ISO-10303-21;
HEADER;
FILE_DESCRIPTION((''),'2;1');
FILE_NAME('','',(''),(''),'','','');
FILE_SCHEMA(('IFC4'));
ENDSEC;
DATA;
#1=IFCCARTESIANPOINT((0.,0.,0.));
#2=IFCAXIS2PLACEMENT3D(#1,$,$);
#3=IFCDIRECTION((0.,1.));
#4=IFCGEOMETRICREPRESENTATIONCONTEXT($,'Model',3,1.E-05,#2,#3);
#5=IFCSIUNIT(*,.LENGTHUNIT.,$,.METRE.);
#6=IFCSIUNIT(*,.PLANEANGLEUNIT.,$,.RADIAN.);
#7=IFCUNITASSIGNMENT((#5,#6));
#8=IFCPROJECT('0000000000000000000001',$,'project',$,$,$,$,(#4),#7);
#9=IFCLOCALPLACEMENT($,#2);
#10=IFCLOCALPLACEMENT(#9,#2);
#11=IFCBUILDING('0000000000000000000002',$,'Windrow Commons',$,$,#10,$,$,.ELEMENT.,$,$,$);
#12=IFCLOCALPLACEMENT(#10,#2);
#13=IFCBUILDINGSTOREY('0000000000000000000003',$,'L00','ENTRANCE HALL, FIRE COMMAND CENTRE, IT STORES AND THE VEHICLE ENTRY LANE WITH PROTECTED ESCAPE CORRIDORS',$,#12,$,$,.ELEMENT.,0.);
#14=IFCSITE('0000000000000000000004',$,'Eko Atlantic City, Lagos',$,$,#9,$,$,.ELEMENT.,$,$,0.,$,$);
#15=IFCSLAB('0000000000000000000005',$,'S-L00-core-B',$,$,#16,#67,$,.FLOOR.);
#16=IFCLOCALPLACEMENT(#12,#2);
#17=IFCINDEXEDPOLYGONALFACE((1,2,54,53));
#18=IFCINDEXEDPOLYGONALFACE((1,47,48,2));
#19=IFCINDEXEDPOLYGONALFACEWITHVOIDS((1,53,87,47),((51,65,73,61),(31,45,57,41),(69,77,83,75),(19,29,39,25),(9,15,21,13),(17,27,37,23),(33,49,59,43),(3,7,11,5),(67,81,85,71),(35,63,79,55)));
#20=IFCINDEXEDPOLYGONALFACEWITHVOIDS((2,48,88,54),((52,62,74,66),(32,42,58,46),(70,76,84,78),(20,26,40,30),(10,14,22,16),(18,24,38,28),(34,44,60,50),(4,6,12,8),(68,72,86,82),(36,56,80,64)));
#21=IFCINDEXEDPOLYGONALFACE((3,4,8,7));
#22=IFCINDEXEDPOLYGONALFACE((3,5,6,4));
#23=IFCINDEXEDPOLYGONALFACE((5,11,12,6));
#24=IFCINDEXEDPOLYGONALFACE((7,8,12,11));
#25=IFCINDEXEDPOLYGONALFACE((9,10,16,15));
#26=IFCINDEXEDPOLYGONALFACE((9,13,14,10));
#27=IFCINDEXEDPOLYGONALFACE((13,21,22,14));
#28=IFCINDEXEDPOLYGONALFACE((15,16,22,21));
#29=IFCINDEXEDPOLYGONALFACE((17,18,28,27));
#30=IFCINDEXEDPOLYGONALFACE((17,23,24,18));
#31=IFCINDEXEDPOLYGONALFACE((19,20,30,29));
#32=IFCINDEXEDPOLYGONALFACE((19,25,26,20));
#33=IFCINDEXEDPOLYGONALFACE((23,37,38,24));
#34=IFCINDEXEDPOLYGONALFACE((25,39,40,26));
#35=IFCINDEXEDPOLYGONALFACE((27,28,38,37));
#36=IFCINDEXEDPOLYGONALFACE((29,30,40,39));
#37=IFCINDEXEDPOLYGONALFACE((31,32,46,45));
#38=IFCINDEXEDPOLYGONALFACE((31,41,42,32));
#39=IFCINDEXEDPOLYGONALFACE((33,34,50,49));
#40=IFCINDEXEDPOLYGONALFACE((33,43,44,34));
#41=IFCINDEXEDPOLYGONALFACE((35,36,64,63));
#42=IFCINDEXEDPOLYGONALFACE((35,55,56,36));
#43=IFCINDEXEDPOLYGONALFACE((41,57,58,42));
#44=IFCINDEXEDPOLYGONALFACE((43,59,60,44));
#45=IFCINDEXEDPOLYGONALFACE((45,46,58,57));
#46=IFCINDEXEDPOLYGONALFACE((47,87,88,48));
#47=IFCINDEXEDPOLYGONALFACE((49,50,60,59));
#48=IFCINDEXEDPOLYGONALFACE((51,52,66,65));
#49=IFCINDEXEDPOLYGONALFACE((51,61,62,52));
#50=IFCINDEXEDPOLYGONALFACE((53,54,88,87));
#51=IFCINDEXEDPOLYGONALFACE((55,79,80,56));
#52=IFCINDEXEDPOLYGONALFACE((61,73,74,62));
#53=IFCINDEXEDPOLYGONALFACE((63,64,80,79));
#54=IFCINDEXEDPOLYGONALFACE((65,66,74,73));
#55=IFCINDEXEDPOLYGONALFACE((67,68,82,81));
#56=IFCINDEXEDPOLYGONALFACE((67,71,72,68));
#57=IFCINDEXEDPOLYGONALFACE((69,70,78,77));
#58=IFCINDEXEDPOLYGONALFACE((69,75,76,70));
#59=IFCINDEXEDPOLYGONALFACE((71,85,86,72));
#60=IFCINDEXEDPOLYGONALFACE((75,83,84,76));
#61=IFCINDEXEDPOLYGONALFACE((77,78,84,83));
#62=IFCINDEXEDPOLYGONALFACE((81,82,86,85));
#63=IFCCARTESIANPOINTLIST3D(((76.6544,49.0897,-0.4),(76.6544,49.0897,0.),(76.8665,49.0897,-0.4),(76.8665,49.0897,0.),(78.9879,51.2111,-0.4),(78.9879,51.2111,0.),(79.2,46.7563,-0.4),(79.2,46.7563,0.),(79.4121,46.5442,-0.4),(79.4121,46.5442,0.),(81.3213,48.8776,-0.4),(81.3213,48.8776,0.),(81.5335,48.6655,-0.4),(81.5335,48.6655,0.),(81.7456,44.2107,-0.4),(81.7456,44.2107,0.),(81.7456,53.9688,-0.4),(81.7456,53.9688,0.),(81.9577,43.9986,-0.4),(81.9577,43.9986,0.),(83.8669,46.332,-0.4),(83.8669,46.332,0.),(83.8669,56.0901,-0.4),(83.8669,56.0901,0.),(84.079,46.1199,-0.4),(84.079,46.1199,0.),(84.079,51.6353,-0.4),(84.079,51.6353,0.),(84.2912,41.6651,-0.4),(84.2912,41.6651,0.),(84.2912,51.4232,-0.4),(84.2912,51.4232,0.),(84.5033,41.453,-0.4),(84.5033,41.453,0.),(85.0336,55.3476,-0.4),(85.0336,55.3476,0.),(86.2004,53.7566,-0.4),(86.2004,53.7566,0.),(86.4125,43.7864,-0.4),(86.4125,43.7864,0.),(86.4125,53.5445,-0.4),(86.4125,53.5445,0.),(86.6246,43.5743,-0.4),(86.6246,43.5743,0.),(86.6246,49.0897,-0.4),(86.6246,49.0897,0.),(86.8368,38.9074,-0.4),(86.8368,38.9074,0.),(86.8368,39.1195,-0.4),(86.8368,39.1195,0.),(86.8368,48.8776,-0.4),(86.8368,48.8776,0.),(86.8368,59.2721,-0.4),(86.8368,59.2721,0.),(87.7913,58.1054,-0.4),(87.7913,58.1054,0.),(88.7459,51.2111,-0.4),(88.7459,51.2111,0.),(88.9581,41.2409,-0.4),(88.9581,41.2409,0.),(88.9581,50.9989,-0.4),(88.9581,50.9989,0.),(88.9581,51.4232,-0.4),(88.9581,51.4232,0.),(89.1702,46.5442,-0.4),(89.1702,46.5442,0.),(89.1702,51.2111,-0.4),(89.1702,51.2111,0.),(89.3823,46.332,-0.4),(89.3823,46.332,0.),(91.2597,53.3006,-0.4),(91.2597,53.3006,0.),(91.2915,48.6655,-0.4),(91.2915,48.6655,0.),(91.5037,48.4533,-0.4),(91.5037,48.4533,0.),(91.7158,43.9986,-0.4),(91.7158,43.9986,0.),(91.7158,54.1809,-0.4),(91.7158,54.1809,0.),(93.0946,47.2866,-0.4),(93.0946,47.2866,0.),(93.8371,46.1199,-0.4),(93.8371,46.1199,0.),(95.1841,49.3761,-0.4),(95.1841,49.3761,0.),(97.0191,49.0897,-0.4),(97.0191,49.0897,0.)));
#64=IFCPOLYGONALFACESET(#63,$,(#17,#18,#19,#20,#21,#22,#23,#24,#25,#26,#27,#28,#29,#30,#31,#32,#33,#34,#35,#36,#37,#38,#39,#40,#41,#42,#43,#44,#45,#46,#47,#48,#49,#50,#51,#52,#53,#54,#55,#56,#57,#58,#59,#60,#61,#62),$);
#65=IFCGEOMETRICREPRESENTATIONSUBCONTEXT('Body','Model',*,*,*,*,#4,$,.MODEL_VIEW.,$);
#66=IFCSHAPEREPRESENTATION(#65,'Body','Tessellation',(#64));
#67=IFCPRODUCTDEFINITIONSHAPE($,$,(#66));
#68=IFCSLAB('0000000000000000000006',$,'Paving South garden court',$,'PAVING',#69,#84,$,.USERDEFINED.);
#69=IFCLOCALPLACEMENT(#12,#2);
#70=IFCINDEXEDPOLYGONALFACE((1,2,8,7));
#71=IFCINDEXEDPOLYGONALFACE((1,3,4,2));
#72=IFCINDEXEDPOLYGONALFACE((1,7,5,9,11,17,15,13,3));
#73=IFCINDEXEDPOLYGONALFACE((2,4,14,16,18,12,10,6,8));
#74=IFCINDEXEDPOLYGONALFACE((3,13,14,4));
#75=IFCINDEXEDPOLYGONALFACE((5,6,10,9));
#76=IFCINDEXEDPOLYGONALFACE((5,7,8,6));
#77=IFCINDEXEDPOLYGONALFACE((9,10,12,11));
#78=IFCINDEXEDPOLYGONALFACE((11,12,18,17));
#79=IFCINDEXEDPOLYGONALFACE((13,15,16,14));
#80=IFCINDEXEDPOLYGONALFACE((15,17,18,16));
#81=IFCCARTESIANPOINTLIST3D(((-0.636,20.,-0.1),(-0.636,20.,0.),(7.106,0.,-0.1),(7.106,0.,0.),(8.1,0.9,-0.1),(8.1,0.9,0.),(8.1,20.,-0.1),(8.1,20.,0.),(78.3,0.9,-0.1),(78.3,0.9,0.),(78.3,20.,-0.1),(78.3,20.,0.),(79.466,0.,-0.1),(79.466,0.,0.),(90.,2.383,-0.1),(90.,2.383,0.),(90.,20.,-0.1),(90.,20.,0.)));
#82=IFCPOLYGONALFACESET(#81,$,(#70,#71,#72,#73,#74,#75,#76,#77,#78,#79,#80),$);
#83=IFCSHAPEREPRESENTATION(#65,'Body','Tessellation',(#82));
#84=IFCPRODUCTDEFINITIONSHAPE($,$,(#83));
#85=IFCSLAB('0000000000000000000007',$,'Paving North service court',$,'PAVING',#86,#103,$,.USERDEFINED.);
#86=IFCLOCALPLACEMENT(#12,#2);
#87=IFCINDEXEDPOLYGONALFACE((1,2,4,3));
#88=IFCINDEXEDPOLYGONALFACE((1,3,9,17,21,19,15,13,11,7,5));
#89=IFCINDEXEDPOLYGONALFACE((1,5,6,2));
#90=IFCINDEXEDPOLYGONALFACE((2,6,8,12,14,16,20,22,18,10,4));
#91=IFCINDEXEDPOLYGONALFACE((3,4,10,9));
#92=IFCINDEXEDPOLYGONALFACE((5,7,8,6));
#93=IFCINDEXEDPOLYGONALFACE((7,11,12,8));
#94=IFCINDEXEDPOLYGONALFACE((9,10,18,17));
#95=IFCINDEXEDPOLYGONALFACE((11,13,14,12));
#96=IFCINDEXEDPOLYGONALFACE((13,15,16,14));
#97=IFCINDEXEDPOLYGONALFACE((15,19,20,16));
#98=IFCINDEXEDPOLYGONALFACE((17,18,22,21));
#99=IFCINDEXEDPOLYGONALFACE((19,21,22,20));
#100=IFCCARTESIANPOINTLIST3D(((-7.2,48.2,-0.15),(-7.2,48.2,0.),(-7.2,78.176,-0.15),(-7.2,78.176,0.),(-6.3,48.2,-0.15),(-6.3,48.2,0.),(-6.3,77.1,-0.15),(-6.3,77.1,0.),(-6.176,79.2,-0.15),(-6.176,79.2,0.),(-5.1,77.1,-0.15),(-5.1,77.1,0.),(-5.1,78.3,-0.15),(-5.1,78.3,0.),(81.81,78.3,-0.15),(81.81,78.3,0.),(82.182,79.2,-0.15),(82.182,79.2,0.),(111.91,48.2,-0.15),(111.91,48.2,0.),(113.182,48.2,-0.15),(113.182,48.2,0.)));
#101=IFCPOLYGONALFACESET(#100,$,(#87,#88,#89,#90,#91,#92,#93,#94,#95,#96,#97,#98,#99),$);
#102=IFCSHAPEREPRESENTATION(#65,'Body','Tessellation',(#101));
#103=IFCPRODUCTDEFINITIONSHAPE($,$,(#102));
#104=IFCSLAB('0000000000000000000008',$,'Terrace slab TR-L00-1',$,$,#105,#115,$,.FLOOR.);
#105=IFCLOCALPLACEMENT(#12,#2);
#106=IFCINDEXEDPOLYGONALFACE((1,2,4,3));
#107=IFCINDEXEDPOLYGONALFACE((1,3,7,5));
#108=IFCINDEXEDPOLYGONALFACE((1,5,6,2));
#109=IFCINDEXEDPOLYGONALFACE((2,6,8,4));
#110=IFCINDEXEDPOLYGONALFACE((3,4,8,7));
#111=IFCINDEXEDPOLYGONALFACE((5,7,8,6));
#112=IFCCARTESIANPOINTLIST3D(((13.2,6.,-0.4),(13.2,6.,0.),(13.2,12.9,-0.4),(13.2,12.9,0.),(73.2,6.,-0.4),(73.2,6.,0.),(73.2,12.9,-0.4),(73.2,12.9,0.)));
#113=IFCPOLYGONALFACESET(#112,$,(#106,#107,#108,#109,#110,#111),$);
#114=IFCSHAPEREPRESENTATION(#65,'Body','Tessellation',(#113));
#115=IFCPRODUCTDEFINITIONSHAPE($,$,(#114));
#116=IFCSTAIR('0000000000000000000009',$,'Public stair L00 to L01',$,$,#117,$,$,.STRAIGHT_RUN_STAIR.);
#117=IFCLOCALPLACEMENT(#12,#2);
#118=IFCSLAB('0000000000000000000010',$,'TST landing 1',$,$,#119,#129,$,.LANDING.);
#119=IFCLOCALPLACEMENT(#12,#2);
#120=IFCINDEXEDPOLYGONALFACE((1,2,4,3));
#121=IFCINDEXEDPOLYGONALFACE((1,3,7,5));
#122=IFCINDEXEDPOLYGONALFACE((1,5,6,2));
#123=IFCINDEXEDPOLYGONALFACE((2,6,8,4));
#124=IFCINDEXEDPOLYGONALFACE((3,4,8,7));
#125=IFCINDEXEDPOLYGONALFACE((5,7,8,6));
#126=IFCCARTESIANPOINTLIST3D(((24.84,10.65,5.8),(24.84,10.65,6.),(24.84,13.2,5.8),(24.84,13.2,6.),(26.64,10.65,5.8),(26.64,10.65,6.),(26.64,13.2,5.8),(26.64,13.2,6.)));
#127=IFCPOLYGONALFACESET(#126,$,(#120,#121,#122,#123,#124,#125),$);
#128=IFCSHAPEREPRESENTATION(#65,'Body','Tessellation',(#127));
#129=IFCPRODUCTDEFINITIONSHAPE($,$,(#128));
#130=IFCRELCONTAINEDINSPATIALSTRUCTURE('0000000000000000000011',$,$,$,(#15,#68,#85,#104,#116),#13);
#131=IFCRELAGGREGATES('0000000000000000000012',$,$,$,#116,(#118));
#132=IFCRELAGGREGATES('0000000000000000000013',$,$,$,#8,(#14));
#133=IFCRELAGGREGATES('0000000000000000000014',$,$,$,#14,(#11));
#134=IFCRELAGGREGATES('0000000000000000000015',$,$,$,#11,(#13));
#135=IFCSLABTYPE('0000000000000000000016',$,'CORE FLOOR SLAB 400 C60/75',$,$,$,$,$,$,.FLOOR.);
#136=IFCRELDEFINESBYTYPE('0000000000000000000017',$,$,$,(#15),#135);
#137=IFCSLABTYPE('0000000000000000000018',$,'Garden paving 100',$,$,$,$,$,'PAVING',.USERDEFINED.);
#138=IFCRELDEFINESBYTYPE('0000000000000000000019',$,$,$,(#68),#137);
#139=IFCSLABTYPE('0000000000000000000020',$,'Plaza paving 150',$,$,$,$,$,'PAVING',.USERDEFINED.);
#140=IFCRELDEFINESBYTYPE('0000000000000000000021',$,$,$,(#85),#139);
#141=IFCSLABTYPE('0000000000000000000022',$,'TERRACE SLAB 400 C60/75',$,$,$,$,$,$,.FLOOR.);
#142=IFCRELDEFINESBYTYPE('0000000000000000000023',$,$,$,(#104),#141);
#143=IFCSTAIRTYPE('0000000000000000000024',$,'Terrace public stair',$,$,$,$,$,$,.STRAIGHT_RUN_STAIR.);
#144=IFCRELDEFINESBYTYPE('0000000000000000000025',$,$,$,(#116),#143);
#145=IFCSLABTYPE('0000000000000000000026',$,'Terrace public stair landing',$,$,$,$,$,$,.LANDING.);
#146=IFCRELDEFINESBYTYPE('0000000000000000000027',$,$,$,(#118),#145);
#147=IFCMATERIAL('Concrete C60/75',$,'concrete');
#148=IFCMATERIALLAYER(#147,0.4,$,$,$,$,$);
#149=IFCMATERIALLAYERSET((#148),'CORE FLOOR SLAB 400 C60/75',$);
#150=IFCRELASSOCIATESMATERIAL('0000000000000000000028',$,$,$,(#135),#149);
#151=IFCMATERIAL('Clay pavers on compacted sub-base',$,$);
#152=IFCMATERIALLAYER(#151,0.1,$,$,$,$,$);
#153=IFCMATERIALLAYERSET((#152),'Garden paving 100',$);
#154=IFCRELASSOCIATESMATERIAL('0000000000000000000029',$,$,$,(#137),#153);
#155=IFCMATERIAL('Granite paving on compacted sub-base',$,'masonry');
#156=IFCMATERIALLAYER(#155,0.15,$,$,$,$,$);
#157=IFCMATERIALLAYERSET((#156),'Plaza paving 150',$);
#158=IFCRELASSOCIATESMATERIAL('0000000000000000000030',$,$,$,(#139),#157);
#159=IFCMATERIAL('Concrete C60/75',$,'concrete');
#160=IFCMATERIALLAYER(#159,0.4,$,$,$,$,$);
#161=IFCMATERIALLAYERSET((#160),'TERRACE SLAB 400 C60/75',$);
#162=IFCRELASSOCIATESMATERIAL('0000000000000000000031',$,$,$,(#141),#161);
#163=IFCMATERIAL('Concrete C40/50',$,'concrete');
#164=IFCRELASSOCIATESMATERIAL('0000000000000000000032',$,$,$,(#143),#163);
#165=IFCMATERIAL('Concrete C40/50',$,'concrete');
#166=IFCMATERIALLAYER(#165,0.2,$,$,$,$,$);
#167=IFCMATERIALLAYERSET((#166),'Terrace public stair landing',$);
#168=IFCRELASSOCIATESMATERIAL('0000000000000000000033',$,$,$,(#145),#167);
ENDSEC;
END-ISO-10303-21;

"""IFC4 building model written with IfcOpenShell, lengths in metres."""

from ifc_helpers import new_model, si_unit, direction, frame, origin, place, context, subcontext, project, spatial, polyline, outline, extrude, material, layer, layer_set, type_object, element, aggregate, save


model = new_model("IFC4")

# Units and contexts
model_context = context("Model", 3, precision=1e-05, world=origin(), true_north=direction((0.0, 1.0)))
body_context = subcontext(model_context, "Body", "Model", "MODEL_VIEW")
ifc_project = project(units=[si_unit("LENGTHUNIT", "METRE"), si_unit("PLANEANGLEUNIT", "RADIAN")], contexts=[model_context])

# Site, building, storey
site_placement = place(None, origin())
site = spatial("IfcSite", under=ifc_project, at=site_placement, Name="Eko Atlantic City, Lagos", CompositionType="ELEMENT", RefElevation=0.0)
building_placement = place(site_placement, origin())
building = spatial("IfcBuilding", under=site, at=building_placement, Name="Windrow Commons", CompositionType="ELEMENT")
storey_placement = place(building_placement, origin())
storey = spatial("IfcBuildingStorey", under=building, at=storey_placement, Name="L00", Description="ENTRANCE HALL, FIRE COMMAND CENTRE, IT STORES AND THE VEHICLE ENTRY LANE WITH PROTECTED ESCAPE CORRIDORS", CompositionType="ELEMENT", Elevation=0.0)

# Slab, openings
ifc_material_1 = material(Name="Concrete C60/75", Category="concrete")
ifc_layer_1 = layer(ifc_material_1, 0.4)
ifc_layer_set_1 = layer_set([ifc_layer_1], Name="CORE FLOOR SLAB 400 C60/75")
slab_type_1 = type_object("IfcSlabType", Name="CORE FLOOR SLAB 400 C60/75", PredefinedType="FLOOR", material=ifc_layer_set_1)
placement_1 = place(storey_placement, frame((0.0, 0.0, -0.4)))
slab_1 = element("IfcSlab", 1, at=placement_1, inside=storey, type_object=slab_type_1, Name="S-L00-core-B", PredefinedType="FLOOR", context=body_context, shape_type="SweptSolid", body=[
    extrude(outline(polyline([(76.6544, 49.0897), (86.8368, 38.9074), (97.0191, 49.0897), (86.8368, 59.2721), (76.6544, 49.0897)]), holes=[polyline([(76.8665, 49.0897), (79.2, 46.7563), (81.3213, 48.8776), (78.9879, 51.2111), (76.8665, 49.0897)]), polyline([(79.4121, 46.5442), (81.7456, 44.2107), (83.8669, 46.332), (81.5335, 48.6655), (79.4121, 46.5442)]), polyline([(81.9577, 43.9986), (84.2912, 41.6651), (86.4125, 43.7864), (84.079, 46.1199), (81.9577, 43.9986)]), polyline([(84.5033, 41.453), (86.8368, 39.1195), (88.9581, 41.2409), (86.6246, 43.5743), (84.5033, 41.453)]), polyline([(81.7456, 53.9688), (84.079, 51.6353), (86.2004, 53.7566), (83.8669, 56.0901), (81.7456, 53.9688)]), polyline([(84.2912, 51.4232), (86.6246, 49.0897), (88.7459, 51.2111), (86.4125, 53.5445), (84.2912, 51.4232)]), polyline([(86.8368, 48.8776), (89.1702, 46.5442), (91.2915, 48.6655), (88.9581, 50.9989), (86.8368, 48.8776)]), polyline([(89.3823, 46.332), (91.7158, 43.9986), (93.8371, 46.1199), (91.5037, 48.4533), (89.3823, 46.332)]), polyline([(85.0336, 55.3476), (88.9581, 51.4232), (91.7158, 54.1809), (87.7913, 58.1054), (85.0336, 55.3476)]), polyline([(89.1702, 51.2111), (93.0946, 47.2866), (95.1841, 49.3761), (91.2597, 53.3006), (89.1702, 51.2111)])]), origin(), (0.0, 0.0, 1.0), 0.4),
])
opening_1_placement = place(placement_1, origin())
element("IfcOpeningElement", 2, at=opening_1_placement, cuts=slab_1, PredefinedType="OPENING", context=body_context, shape_type="SweptSolid", body=[
    extrude(outline(polyline([(76.8736, 49.0897), (78.9879, 51.204), (81.3142, 48.8776), (79.2, 46.7634), (76.8736, 49.0897)])), origin(), (0.0, 0.0, 1.0), 0.4),
])
opening_2_placement = place(placement_1, origin())
element("IfcOpeningElement", 3, at=opening_2_placement, cuts=slab_1, PredefinedType="OPENING", context=body_context, shape_type="SweptSolid", body=[
    extrude(outline(polyline([(79.4192, 46.5442), (81.5335, 48.6584), (83.8598, 46.332), (81.7456, 44.2178), (79.4192, 46.5442)])), origin(), (0.0, 0.0, 1.0), 0.4),
])
opening_3_placement = place(placement_1, origin())
element("IfcOpeningElement", 4, at=opening_3_placement, cuts=slab_1, PredefinedType="OPENING", context=body_context, shape_type="SweptSolid", body=[
    extrude(outline(polyline([(81.9648, 43.9986), (84.079, 46.1128), (86.4054, 43.7864), (84.2912, 41.6722), (81.9648, 43.9986)])), origin(), (0.0, 0.0, 1.0), 0.4),
])
opening_4_placement = place(placement_1, origin())
element("IfcOpeningElement", 5, at=opening_4_placement, cuts=slab_1, PredefinedType="OPENING", context=body_context, shape_type="SweptSolid", body=[
    extrude(outline(polyline([(84.5104, 41.453), (86.6246, 43.5672), (88.951, 41.2409), (86.8368, 39.1266), (84.5104, 41.453)])), origin(), (0.0, 0.0, 1.0), 0.4),
])
opening_5_placement = place(placement_1, origin())
element("IfcOpeningElement", 6, at=opening_5_placement, cuts=slab_1, PredefinedType="OPENING", context=body_context, shape_type="SweptSolid", body=[
    extrude(outline(polyline([(81.7527, 53.9688), (83.8669, 56.083), (86.1933, 53.7566), (84.079, 51.6424), (81.7527, 53.9688)])), origin(), (0.0, 0.0, 1.0), 0.4),
])
opening_6_placement = place(placement_1, origin())
element("IfcOpeningElement", 7, at=opening_6_placement, cuts=slab_1, PredefinedType="OPENING", context=body_context, shape_type="SweptSolid", body=[
    extrude(outline(polyline([(84.2983, 51.4232), (86.4125, 53.5374), (88.7388, 51.2111), (86.6246, 49.0968), (84.2983, 51.4232)])), origin(), (0.0, 0.0, 1.0), 0.4),
])
opening_7_placement = place(placement_1, origin())
element("IfcOpeningElement", 8, at=opening_7_placement, cuts=slab_1, PredefinedType="OPENING", context=body_context, shape_type="SweptSolid", body=[
    extrude(outline(polyline([(86.8439, 48.8776), (88.9581, 50.9918), (91.2844, 48.6655), (89.1702, 46.5513), (86.8439, 48.8776)])), origin(), (0.0, 0.0, 1.0), 0.4),
])
opening_8_placement = place(placement_1, origin())
element("IfcOpeningElement", 9, at=opening_8_placement, cuts=slab_1, PredefinedType="OPENING", context=body_context, shape_type="SweptSolid", body=[
    extrude(outline(polyline([(89.3894, 46.332), (91.5037, 48.4462), (93.83, 46.1199), (91.7158, 44.0057), (89.3894, 46.332)])), origin(), (0.0, 0.0, 1.0), 0.4),
])
opening_9_placement = place(placement_1, origin())
element("IfcOpeningElement", 10, at=opening_9_placement, cuts=slab_1, PredefinedType="OPENING", context=body_context, shape_type="SweptSolid", body=[
    extrude(outline(polyline([(85.0407, 55.3476), (87.7913, 58.0983), (91.7087, 54.1809), (88.9581, 51.4303), (85.0407, 55.3476)])), origin(), (0.0, 0.0, 1.0), 0.4),
])
opening_10_placement = place(placement_1, origin())
element("IfcOpeningElement", 11, at=opening_10_placement, cuts=slab_1, PredefinedType="OPENING", context=body_context, shape_type="SweptSolid", body=[
    extrude(outline(polyline([(89.1773, 51.2111), (91.2597, 53.2935), (95.177, 49.3761), (93.0946, 47.2937), (89.1773, 51.2111)])), origin(), (0.0, 0.0, 1.0), 0.4),
])

# Slab
ifc_material_2 = material(Name="Clay pavers on compacted sub-base")
ifc_layer_2 = layer(ifc_material_2, 0.1)
ifc_layer_set_2 = layer_set([ifc_layer_2], Name="Garden paving 100")
slab_type_2 = type_object("IfcSlabType", Name="Garden paving 100", ElementType="PAVING", PredefinedType="USERDEFINED", material=ifc_layer_set_2)
slab_2_placement = place(storey_placement, frame((0.0, 0.0, -0.1)))
element("IfcSlab", 12, at=slab_2_placement, inside=storey, type_object=slab_type_2, Name="Paving South garden court", ObjectType="PAVING", PredefinedType="USERDEFINED", context=body_context, shape_type="SweptSolid", body=[
    extrude(outline(polyline([(79.466, 0.0), (7.106, 0.0), (-0.636, 20.0), (8.1, 20.0), (8.1, 0.9), (78.3, 0.9), (78.3, 20.0), (90.0, 20.0), (90.0, 2.383), (79.466, 0.0)])), origin(), (0.0, 0.0, 1.0), 0.1),
])

# Slabs
ifc_material_3 = material(Name="Granite paving on compacted sub-base", Category="masonry")
ifc_layer_3 = layer(ifc_material_3, 0.15)
ifc_layer_set_3 = layer_set([ifc_layer_3], Name="Plaza paving 150")
slab_type_3 = type_object("IfcSlabType", Name="Plaza paving 150", ElementType="PAVING", PredefinedType="USERDEFINED", material=ifc_layer_set_3)
slab_3_placement = place(storey_placement, frame((0.0, 0.0, -0.15)))
element("IfcSlab", 13, at=slab_3_placement, inside=storey, type_object=slab_type_3, Name="Paving North service court", ObjectType="PAVING", PredefinedType="USERDEFINED", context=body_context, shape_type="SweptSolid", body=[
    extrude(outline(polyline([(-6.176, 79.2), (82.182, 79.2), (113.182, 48.2), (111.91, 48.2), (81.81, 78.3), (-5.1, 78.3), (-5.1, 77.1), (-6.3, 77.1), (-6.3, 48.2), (-7.2, 48.2), (-7.2, 78.176), (-6.176, 79.2)])), origin(), (0.0, 0.0, 1.0), 0.15),
])
ifc_material_4 = material(Name="Concrete C60/75", Category="concrete")
ifc_layer_4 = layer(ifc_material_4, 0.4)
ifc_layer_set_4 = layer_set([ifc_layer_4], Name="TERRACE SLAB 400 C60/75")
slab_type_4 = type_object("IfcSlabType", Name="TERRACE SLAB 400 C60/75", PredefinedType="FLOOR", material=ifc_layer_set_4)
element("IfcSlab", 14, at=placement_1, inside=storey, type_object=slab_type_4, Name="Terrace slab TR-L00-1", PredefinedType="FLOOR", context=body_context, shape_type="SweptSolid", body=[
    extrude(outline(polyline([(13.2, 6.0), (73.2, 6.0), (73.2, 12.9), (13.2, 12.9), (13.2, 6.0)])), origin(), (0.0, 0.0, 1.0), 0.4),
])

# Stair, slab
ifc_material_5 = material(Name="Concrete C40/50", Category="concrete")
stair_type = type_object("IfcStairType", Name="Terrace public stair", PredefinedType="STRAIGHT_RUN_STAIR", material=ifc_material_5)
placement_2 = place(storey_placement, origin())
stair = element("IfcStair", 15, at=placement_2, inside=storey, type_object=stair_type, Name="Public stair L00 to L01", PredefinedType="STRAIGHT_RUN_STAIR")
ifc_material_6 = material(Name="Concrete C40/50", Category="concrete")
ifc_layer_5 = layer(ifc_material_6, 0.2)
ifc_layer_set_5 = layer_set([ifc_layer_5], Name="Terrace public stair landing")
slab_type_5 = type_object("IfcSlabType", Name="Terrace public stair landing", PredefinedType="LANDING", material=ifc_layer_set_5)
slab_4_placement = place(storey_placement, frame((0.0, 0.0, 5.8)))
slab_4 = element("IfcSlab", 16, at=slab_4_placement, type_object=slab_type_5, Name="TST landing 1", PredefinedType="LANDING", context=body_context, shape_type="SweptSolid", body=[
    extrude(outline(polyline([(24.84, 13.2), (26.64, 13.2), (26.64, 10.65), (24.84, 10.65), (24.84, 13.2)])), origin(), (0.0, 0.0, 1.0), 0.2),
])
aggregate(stair, [slab_4])

save(model, "model.ifc")
